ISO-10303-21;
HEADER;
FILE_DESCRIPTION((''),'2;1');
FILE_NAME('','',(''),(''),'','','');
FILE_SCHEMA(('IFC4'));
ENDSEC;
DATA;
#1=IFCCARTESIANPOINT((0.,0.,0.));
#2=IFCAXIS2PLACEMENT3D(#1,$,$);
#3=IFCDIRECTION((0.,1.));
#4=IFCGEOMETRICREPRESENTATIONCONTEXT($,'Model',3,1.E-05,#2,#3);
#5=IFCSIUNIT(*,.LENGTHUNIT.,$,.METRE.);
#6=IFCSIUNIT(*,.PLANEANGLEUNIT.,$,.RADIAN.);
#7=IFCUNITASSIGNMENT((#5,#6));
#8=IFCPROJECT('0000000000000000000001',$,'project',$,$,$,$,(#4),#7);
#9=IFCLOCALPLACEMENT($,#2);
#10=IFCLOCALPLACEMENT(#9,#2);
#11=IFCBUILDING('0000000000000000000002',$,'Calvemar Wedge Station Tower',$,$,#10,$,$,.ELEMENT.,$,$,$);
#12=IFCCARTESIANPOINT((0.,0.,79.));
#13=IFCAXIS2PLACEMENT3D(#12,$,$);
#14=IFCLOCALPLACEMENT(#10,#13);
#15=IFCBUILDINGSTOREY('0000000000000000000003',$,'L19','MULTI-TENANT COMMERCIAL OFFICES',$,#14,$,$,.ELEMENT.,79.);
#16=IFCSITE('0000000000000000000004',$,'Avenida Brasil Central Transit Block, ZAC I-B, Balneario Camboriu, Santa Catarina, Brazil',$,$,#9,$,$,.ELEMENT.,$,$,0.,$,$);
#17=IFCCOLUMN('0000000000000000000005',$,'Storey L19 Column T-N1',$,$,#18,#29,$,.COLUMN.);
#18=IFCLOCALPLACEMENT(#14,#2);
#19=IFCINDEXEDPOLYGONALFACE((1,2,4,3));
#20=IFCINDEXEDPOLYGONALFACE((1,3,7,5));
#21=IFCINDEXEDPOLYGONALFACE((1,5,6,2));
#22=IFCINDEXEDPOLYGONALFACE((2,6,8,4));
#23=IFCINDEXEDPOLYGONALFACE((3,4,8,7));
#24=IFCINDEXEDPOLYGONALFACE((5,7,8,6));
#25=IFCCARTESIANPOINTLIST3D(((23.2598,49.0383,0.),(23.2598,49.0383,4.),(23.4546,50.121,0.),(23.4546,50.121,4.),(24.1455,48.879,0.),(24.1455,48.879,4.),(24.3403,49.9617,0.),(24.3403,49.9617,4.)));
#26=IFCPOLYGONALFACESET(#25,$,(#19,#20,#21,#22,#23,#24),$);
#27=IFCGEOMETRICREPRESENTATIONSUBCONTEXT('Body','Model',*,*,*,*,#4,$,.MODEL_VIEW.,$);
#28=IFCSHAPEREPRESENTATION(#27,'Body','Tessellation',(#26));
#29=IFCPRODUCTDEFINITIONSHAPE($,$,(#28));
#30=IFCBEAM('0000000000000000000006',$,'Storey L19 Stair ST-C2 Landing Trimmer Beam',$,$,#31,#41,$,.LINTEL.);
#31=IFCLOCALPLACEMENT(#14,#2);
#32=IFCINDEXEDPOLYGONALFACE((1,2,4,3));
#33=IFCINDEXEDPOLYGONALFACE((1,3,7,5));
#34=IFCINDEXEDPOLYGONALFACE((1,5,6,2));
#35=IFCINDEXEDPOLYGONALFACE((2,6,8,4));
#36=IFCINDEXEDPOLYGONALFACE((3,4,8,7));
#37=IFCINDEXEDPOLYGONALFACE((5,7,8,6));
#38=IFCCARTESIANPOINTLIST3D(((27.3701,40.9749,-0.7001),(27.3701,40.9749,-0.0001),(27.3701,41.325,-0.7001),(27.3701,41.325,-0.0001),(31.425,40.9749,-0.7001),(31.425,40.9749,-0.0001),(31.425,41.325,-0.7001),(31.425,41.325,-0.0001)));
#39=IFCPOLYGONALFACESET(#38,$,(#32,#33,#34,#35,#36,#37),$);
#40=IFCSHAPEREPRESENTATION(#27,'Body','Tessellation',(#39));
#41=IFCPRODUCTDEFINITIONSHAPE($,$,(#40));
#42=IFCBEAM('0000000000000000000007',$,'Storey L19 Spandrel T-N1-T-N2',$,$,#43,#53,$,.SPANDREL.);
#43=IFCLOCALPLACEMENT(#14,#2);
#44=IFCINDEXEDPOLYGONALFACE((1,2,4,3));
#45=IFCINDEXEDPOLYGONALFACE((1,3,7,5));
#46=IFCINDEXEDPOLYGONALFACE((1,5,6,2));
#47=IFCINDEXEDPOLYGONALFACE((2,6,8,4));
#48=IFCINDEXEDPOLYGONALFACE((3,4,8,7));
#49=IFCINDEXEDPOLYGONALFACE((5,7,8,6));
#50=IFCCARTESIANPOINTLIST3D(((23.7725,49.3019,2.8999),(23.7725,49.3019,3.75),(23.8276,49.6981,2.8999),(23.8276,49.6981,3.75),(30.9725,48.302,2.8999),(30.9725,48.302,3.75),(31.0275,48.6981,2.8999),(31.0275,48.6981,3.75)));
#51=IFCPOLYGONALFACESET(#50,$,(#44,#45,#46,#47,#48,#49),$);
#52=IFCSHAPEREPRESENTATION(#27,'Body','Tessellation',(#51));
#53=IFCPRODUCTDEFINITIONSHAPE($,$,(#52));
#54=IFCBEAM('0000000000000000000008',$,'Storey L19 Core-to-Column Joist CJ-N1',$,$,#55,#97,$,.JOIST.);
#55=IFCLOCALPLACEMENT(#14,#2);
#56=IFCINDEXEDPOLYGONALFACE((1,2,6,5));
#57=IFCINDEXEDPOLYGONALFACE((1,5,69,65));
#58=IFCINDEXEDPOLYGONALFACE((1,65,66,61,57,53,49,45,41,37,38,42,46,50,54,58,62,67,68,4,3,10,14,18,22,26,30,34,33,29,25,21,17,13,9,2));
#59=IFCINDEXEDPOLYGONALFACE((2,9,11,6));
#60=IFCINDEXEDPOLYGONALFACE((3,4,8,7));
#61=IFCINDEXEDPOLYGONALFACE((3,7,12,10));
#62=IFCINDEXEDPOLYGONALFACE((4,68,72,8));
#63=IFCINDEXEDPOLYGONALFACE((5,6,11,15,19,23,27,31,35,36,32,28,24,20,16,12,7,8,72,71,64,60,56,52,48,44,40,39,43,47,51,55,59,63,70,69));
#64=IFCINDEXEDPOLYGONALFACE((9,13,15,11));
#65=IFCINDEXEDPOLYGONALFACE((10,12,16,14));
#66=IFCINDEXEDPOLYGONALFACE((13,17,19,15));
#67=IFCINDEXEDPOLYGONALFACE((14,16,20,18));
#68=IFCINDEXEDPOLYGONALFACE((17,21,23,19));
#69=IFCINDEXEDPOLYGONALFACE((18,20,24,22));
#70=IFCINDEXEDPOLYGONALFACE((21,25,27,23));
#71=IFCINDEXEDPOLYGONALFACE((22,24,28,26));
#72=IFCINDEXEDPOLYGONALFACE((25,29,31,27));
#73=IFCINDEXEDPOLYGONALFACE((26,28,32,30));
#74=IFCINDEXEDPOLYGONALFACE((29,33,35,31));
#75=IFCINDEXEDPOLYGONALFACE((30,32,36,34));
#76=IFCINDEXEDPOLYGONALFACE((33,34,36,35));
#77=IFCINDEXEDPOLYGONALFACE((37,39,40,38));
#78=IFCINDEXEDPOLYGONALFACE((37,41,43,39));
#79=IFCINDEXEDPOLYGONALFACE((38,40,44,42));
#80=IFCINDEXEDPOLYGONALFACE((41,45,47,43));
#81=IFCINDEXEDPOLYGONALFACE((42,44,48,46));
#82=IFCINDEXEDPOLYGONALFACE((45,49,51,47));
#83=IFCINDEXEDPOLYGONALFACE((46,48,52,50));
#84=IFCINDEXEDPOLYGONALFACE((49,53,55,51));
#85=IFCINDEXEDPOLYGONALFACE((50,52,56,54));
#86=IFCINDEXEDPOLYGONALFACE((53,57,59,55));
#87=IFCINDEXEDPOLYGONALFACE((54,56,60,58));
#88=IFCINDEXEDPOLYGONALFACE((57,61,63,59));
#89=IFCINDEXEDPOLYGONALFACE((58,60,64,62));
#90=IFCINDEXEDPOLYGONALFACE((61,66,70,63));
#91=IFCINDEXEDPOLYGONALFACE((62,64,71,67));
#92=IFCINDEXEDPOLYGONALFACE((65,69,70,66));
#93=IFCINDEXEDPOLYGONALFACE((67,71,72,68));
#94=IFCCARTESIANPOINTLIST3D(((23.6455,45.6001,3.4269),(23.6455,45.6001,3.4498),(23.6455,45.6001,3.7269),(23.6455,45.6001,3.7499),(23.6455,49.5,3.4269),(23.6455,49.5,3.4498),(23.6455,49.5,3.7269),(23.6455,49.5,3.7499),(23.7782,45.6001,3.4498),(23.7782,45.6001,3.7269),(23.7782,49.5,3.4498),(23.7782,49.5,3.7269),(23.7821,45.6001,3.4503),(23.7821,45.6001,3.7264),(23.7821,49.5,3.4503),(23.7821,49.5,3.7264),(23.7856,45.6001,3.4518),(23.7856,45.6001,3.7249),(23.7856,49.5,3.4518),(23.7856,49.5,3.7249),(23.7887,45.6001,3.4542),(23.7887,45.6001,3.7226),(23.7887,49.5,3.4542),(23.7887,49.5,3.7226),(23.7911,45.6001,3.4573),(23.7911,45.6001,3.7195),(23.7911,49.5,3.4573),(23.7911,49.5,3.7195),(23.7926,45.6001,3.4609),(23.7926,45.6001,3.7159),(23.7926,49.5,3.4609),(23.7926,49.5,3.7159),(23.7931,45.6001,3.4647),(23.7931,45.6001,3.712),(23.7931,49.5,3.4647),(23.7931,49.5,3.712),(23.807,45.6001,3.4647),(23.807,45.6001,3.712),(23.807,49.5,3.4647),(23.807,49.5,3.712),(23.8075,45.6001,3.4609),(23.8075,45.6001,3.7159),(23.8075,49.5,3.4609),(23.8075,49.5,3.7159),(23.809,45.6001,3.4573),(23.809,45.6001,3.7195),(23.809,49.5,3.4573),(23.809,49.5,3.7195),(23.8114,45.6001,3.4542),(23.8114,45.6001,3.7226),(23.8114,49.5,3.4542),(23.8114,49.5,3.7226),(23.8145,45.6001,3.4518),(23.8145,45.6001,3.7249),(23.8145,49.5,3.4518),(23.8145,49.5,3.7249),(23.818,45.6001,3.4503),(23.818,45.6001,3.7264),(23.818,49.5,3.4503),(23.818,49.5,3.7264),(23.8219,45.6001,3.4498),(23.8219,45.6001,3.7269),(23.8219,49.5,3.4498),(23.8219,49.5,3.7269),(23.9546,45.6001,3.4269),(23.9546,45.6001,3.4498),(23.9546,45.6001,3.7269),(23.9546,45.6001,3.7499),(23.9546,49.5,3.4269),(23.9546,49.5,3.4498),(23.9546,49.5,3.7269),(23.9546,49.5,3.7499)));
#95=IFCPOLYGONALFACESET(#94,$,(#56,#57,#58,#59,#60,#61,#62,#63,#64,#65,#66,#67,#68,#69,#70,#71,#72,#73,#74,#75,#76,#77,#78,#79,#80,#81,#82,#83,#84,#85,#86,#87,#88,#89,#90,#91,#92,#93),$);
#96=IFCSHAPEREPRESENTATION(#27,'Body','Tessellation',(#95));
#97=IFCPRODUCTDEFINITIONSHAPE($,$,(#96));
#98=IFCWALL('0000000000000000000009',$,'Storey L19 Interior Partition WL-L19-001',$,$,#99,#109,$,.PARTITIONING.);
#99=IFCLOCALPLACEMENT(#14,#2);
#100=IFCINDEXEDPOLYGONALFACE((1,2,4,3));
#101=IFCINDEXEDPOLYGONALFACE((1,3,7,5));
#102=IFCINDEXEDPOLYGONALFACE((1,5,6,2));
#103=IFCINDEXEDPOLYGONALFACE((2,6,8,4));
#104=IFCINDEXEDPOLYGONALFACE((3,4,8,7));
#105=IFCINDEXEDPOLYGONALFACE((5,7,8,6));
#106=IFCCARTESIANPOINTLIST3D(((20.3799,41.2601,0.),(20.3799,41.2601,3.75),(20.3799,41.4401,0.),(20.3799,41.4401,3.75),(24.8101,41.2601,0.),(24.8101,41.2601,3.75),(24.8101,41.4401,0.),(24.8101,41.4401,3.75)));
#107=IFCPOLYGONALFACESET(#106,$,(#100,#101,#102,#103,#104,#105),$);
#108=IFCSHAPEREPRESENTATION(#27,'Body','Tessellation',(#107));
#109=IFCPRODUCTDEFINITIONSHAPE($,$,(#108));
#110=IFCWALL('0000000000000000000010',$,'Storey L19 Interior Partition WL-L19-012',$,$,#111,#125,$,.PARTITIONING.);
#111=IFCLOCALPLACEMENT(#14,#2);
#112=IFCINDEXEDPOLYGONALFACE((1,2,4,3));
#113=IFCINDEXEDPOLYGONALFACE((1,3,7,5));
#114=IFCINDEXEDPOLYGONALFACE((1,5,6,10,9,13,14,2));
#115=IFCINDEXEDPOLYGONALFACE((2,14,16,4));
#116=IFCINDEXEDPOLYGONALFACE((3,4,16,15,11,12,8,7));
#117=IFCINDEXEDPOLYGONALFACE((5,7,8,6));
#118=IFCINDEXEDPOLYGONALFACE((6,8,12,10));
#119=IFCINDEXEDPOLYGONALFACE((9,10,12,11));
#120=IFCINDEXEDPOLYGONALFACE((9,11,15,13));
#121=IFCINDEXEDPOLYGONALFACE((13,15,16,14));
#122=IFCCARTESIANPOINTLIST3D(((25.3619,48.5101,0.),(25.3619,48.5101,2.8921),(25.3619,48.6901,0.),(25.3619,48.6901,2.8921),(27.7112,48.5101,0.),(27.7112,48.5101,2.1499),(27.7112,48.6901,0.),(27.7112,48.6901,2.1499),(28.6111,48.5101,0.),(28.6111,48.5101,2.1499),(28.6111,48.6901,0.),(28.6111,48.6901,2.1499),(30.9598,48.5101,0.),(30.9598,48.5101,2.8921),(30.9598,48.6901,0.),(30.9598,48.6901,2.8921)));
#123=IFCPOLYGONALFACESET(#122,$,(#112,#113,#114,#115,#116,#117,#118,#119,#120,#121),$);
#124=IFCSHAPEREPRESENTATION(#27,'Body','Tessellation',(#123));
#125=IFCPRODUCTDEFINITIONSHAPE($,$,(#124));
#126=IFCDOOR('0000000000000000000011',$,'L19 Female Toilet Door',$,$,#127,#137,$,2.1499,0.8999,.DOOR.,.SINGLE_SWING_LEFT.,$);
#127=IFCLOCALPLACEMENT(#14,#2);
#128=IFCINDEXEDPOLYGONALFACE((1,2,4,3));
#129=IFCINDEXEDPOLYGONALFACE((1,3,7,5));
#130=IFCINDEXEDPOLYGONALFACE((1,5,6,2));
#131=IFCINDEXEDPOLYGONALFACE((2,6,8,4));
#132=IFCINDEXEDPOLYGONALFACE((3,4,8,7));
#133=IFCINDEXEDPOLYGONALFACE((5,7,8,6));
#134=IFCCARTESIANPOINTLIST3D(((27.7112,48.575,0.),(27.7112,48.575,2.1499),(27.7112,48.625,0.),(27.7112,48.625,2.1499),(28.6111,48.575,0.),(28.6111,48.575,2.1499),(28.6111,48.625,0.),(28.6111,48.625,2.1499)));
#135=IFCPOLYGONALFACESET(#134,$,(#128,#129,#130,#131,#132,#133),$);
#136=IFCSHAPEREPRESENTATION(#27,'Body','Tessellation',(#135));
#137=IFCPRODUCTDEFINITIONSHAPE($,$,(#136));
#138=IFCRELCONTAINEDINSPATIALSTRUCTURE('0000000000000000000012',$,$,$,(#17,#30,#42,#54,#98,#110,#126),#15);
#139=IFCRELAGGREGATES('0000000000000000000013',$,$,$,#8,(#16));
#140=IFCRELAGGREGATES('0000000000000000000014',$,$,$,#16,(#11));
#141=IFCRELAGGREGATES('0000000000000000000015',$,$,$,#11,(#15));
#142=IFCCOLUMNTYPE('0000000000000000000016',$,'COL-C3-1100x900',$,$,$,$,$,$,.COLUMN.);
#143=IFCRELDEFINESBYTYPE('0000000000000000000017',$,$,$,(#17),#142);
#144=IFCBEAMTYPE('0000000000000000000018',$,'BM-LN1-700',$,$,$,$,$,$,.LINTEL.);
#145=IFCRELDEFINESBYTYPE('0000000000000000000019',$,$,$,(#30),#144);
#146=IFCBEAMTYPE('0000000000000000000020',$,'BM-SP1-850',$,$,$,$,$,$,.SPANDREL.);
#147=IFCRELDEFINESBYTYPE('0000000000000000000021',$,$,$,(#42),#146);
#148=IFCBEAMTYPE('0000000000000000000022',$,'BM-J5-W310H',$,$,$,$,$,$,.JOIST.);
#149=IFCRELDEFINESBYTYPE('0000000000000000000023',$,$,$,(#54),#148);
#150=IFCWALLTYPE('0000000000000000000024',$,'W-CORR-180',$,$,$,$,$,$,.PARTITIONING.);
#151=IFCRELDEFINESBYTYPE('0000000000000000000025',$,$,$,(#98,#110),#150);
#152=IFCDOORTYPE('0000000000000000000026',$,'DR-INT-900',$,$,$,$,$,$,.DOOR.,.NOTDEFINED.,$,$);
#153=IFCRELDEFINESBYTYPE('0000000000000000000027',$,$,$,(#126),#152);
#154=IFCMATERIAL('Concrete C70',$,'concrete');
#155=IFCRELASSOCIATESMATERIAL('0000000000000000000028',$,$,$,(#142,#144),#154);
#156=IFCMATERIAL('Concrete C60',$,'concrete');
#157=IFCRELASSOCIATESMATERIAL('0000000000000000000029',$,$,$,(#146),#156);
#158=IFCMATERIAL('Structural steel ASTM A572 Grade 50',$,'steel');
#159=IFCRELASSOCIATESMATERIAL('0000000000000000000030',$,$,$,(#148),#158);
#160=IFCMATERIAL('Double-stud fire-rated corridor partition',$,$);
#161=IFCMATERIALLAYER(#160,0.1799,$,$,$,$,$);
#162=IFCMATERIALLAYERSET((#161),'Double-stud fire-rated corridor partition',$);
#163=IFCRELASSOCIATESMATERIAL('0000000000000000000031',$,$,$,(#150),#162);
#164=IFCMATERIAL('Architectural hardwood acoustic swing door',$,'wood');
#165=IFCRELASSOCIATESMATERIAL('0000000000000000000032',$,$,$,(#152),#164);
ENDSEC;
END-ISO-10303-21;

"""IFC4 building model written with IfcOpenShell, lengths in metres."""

from ifc_helpers import new_model, si_unit, direction, frame, frame_2d, origin, origin_2d, place, context, subcontext, project, spatial, rectangle, i_section, extrude, source, transform, mapped, material, layer, layer_set, material_profile, profile_set, type_object, element, fill, save


model = new_model("IFC4")

# Units and contexts
model_context = context("Model", 3, precision=1e-05, world=origin(), true_north=direction((0.0, 1.0)))
body_context = subcontext(model_context, "Body", "Model", "MODEL_VIEW")
ifc_project = project(units=[si_unit("LENGTHUNIT", "METRE"), si_unit("PLANEANGLEUNIT", "RADIAN")], contexts=[model_context])

# Site, building, storey
site_placement = place(None, origin())
site = spatial("IfcSite", under=ifc_project, at=site_placement, Name="Avenida Brasil Central Transit Block, ZAC I-B, Balneario Camboriu, Santa Catarina, Brazil", CompositionType="ELEMENT", RefElevation=0.0)
building_placement = place(site_placement, origin())
building = spatial("IfcBuilding", under=site, at=building_placement, Name="Calvemar Wedge Station Tower", CompositionType="ELEMENT")
storey_placement = place(building_placement, frame((0.0, 0.0, 79.0)))
storey = spatial("IfcBuildingStorey", under=building, at=storey_placement, Name="L19", Description="MULTI-TENANT COMMERCIAL OFFICES", CompositionType="ELEMENT", Elevation=79.0)

# Column
ifc_material_1 = material(Name="Concrete C70", Category="concrete")
ifc_material_profile_1 = material_profile(ifc_material_1, rectangle(XDim=0.8999, YDim=1.1001, at=origin_2d()), Name="RC1100x900")
ifc_profile_set_1 = profile_set([ifc_material_profile_1], Name="Concrete C70")
column_type = type_object("IfcColumnType", Name="COL-C3-1100x900", PredefinedType="COLUMN", material=ifc_profile_set_1)
shared_shape_1 = source(origin(), body_context, "Body", "SweptSolid", [
    extrude(rectangle(XDim=0.8999, YDim=1.1001, at=origin_2d()), origin(), (0.0, 0.0, 1.0), 4.0),
])
column_placement = place(storey_placement, frame((23.8, 49.5, 0.0), z_axis=(0.0, 0.0, 1.0), x_axis=(0.984196, -0.177085, 0.0)))
element("IfcColumn", 1, at=column_placement, inside=storey, type_object=column_type, Name="Storey L19 Column T-N1", PredefinedType="COLUMN", context=body_context, shape_type="MappedRepresentation", body=[
    mapped(shared_shape_1, transform((0.0, 0.0, 0.0), scale=1.0)),
])

# Beams
ifc_material_profile_2 = material_profile(ifc_material_1, rectangle(XDim=0.3501, YDim=0.7, at=origin_2d()), Name="RC350x700")
ifc_profile_set_2 = profile_set([ifc_material_profile_2], Name="Concrete C70")
beam_type_1 = type_object("IfcBeamType", Name="BM-LN1-700", PredefinedType="LINTEL", material=ifc_profile_set_2)
shared_shape_2 = source(origin(), body_context, "Body", "SweptSolid", [
    extrude(rectangle(XDim=0.3501, YDim=0.7, at=origin_2d()), origin(), (0.0, 0.0, 1.0), 4.0549),
])
beam_1_placement = place(storey_placement, frame((27.3701, 41.1499, -0.3501), z_axis=(1.0, 0.0, 0.0), x_axis=(0.0, 1.0, 0.0)))
element("IfcBeam", 2, at=beam_1_placement, inside=storey, type_object=beam_type_1, Name="Storey L19 Stair ST-C2 Landing Trimmer Beam", PredefinedType="LINTEL", context=body_context, shape_type="MappedRepresentation", body=[
    mapped(shared_shape_2, transform((0.0, 0.0, 0.0), scale=1.0)),
])
ifc_material_2 = material(Name="Concrete C60", Category="concrete")
ifc_material_profile_3 = material_profile(ifc_material_2, rectangle(XDim=0.3999, YDim=0.8501, at=origin_2d()), Name="RC400x850")
ifc_profile_set_3 = profile_set([ifc_material_profile_3], Name="Concrete C60")
beam_type_2 = type_object("IfcBeamType", Name="BM-SP1-850", PredefinedType="SPANDREL", material=ifc_profile_set_3)
shared_shape_3 = source(origin(), body_context, "Body", "SweptSolid", [
    extrude(rectangle(XDim=0.3999, YDim=0.8501, at=origin_2d()), origin(), (0.0, 0.0, 1.0), 7.269),
])
beam_2_placement = place(storey_placement, frame((23.8, 49.5, 3.325), z_axis=(0.990492, -0.137569, 0.0), x_axis=(0.137569, 0.990492, 0.0)))
element("IfcBeam", 3, at=beam_2_placement, inside=storey, type_object=beam_type_2, Name="Storey L19 Spandrel T-N1-T-N2", PredefinedType="SPANDREL", context=body_context, shape_type="MappedRepresentation", body=[
    mapped(shared_shape_3, transform((0.0, 0.0, 0.0), scale=1.0)),
])
ifc_material_3 = material(Name="Structural steel ASTM A572 Grade 50", Category="steel")
ifc_material_profile_4 = material_profile(ifc_material_3, i_section(OverallWidth=0.3091, OverallDepth=0.323, WebThickness=0.0139, FlangeThickness=0.0229, FilletRadius=0.0149, at=origin_2d()), Name="W310x143")
ifc_profile_set_4 = profile_set([ifc_material_profile_4], Name="Structural steel ASTM A572 Grade 50")
beam_type_3 = type_object("IfcBeamType", Name="BM-J5-W310H", PredefinedType="JOIST", material=ifc_profile_set_4)
shared_shape_4 = source(origin(), body_context, "Body", "SweptSolid", [
    extrude(i_section(OverallWidth=0.3091, OverallDepth=0.323, WebThickness=0.0139, FlangeThickness=0.0229, FilletRadius=0.0149, at=origin_2d()), origin(), (0.0, 0.0, 1.0), 3.8999),
])
beam_3_placement = place(storey_placement, frame((23.8, 45.6001, 3.5884), z_axis=(0.0, 1.0, 0.0), x_axis=(-1.0, 0.0, 0.0)))
element("IfcBeam", 4, at=beam_3_placement, inside=storey, type_object=beam_type_3, Name="Storey L19 Core-to-Column Joist CJ-N1", PredefinedType="JOIST", context=body_context, shape_type="MappedRepresentation", body=[
    mapped(shared_shape_4, transform((0.0, 0.0, 0.0), scale=1.0)),
])

# Wall
ifc_material_4 = material(Name="Double-stud fire-rated corridor partition")
ifc_layer_1 = layer(ifc_material_4, 0.1799)
ifc_layer_set_1 = layer_set([ifc_layer_1], Name="Double-stud fire-rated corridor partition")
wall_type_1 = type_object("IfcWallType", Name="W-CORR-180", PredefinedType="PARTITIONING", material=ifc_layer_set_1)
wall_1_placement = place(storey_placement, frame((24.8101, 41.3501, 0.0), z_axis=(0.0, 0.0, 1.0), x_axis=(-1.0, 0.0, 0.0)))
element("IfcWall", 5, at=wall_1_placement, inside=storey, type_object=wall_type_1, Name="Storey L19 Interior Partition WL-L19-001", PredefinedType="PARTITIONING", context=body_context, shape_type="SweptSolid", body=[
    extrude(rectangle(XDim=4.4302, YDim=0.1799, at=frame_2d((2.2151, 0.0))), origin(), (0.0, 0.0, 1.0), 3.75),
])

# Wall, opening, door
wall_2_placement = place(storey_placement, frame((25.3621, 48.6001, 0.0), z_axis=(0.0, 0.0, 1.0), x_axis=(1.0, 0.0, 0.0)))
wall_2 = element("IfcWall", 6, at=wall_2_placement, inside=storey, type_object=wall_type_1, Name="Storey L19 Interior Partition WL-L19-012", PredefinedType="PARTITIONING", context=body_context, shape_type="SweptSolid", body=[
    extrude(rectangle(XDim=5.5979, YDim=0.1799, at=frame_2d((2.7988, 0.0))), origin(), (0.0, 0.0, 1.0), 2.8921),
])
shared_shape_5 = source(origin(), body_context, "Body", "SweptSolid", [
    extrude(rectangle(XDim=0.8999, YDim=2.1499, at=frame_2d((0.45, 1.075))), frame((0.0, 0.1001, 0.0), z_axis=(0.0, -1.0, 0.0), x_axis=(1.0, 0.0, 0.0)), (0.0, 0.0, 1.0), 0.2),
])
opening_1_placement = place(wall_2_placement, frame((2.3491, 0.0, 0.0)))
opening_1 = element("IfcOpeningElement", 7, at=opening_1_placement, cuts=wall_2, PredefinedType="OPENING", context=body_context, shape_type="MappedRepresentation", body=[
    mapped(shared_shape_5, transform((0.0, 0.0, 0.0), scale=1.0)),
])
ifc_material_5 = material(Name="Architectural hardwood acoustic swing door", Category="wood")
door_type_1 = type_object("IfcDoorType", Name="DR-INT-900", OperationType="NOTDEFINED", PredefinedType="DOOR", material=ifc_material_5)
shared_shape_6 = source(origin(), body_context, "Body", "SweptSolid", [
    extrude(rectangle(XDim=0.8999, YDim=2.1499, at=frame_2d((0.45, 1.075))), frame((0.0, 0.0249, 0.0), z_axis=(0.0, -1.0, 0.0), x_axis=(1.0, 0.0, 0.0)), (0.0, 0.0, 1.0), 0.05),
])
door_1_placement = place(opening_1_placement, origin())
door_1 = element("IfcDoor", 8, at=door_1_placement, inside=storey, type_object=door_type_1, Name="L19 Female Toilet Door", OperationType="SINGLE_SWING_LEFT", OverallHeight=2.1499, OverallWidth=0.8999, PredefinedType="DOOR", context=body_context, shape_type="MappedRepresentation", body=[
    mapped(shared_shape_6, transform((0.0, 0.0, 0.0), scale=1.0)),
])
fill(opening_1, door_1)

save(model, "model.ifc")
